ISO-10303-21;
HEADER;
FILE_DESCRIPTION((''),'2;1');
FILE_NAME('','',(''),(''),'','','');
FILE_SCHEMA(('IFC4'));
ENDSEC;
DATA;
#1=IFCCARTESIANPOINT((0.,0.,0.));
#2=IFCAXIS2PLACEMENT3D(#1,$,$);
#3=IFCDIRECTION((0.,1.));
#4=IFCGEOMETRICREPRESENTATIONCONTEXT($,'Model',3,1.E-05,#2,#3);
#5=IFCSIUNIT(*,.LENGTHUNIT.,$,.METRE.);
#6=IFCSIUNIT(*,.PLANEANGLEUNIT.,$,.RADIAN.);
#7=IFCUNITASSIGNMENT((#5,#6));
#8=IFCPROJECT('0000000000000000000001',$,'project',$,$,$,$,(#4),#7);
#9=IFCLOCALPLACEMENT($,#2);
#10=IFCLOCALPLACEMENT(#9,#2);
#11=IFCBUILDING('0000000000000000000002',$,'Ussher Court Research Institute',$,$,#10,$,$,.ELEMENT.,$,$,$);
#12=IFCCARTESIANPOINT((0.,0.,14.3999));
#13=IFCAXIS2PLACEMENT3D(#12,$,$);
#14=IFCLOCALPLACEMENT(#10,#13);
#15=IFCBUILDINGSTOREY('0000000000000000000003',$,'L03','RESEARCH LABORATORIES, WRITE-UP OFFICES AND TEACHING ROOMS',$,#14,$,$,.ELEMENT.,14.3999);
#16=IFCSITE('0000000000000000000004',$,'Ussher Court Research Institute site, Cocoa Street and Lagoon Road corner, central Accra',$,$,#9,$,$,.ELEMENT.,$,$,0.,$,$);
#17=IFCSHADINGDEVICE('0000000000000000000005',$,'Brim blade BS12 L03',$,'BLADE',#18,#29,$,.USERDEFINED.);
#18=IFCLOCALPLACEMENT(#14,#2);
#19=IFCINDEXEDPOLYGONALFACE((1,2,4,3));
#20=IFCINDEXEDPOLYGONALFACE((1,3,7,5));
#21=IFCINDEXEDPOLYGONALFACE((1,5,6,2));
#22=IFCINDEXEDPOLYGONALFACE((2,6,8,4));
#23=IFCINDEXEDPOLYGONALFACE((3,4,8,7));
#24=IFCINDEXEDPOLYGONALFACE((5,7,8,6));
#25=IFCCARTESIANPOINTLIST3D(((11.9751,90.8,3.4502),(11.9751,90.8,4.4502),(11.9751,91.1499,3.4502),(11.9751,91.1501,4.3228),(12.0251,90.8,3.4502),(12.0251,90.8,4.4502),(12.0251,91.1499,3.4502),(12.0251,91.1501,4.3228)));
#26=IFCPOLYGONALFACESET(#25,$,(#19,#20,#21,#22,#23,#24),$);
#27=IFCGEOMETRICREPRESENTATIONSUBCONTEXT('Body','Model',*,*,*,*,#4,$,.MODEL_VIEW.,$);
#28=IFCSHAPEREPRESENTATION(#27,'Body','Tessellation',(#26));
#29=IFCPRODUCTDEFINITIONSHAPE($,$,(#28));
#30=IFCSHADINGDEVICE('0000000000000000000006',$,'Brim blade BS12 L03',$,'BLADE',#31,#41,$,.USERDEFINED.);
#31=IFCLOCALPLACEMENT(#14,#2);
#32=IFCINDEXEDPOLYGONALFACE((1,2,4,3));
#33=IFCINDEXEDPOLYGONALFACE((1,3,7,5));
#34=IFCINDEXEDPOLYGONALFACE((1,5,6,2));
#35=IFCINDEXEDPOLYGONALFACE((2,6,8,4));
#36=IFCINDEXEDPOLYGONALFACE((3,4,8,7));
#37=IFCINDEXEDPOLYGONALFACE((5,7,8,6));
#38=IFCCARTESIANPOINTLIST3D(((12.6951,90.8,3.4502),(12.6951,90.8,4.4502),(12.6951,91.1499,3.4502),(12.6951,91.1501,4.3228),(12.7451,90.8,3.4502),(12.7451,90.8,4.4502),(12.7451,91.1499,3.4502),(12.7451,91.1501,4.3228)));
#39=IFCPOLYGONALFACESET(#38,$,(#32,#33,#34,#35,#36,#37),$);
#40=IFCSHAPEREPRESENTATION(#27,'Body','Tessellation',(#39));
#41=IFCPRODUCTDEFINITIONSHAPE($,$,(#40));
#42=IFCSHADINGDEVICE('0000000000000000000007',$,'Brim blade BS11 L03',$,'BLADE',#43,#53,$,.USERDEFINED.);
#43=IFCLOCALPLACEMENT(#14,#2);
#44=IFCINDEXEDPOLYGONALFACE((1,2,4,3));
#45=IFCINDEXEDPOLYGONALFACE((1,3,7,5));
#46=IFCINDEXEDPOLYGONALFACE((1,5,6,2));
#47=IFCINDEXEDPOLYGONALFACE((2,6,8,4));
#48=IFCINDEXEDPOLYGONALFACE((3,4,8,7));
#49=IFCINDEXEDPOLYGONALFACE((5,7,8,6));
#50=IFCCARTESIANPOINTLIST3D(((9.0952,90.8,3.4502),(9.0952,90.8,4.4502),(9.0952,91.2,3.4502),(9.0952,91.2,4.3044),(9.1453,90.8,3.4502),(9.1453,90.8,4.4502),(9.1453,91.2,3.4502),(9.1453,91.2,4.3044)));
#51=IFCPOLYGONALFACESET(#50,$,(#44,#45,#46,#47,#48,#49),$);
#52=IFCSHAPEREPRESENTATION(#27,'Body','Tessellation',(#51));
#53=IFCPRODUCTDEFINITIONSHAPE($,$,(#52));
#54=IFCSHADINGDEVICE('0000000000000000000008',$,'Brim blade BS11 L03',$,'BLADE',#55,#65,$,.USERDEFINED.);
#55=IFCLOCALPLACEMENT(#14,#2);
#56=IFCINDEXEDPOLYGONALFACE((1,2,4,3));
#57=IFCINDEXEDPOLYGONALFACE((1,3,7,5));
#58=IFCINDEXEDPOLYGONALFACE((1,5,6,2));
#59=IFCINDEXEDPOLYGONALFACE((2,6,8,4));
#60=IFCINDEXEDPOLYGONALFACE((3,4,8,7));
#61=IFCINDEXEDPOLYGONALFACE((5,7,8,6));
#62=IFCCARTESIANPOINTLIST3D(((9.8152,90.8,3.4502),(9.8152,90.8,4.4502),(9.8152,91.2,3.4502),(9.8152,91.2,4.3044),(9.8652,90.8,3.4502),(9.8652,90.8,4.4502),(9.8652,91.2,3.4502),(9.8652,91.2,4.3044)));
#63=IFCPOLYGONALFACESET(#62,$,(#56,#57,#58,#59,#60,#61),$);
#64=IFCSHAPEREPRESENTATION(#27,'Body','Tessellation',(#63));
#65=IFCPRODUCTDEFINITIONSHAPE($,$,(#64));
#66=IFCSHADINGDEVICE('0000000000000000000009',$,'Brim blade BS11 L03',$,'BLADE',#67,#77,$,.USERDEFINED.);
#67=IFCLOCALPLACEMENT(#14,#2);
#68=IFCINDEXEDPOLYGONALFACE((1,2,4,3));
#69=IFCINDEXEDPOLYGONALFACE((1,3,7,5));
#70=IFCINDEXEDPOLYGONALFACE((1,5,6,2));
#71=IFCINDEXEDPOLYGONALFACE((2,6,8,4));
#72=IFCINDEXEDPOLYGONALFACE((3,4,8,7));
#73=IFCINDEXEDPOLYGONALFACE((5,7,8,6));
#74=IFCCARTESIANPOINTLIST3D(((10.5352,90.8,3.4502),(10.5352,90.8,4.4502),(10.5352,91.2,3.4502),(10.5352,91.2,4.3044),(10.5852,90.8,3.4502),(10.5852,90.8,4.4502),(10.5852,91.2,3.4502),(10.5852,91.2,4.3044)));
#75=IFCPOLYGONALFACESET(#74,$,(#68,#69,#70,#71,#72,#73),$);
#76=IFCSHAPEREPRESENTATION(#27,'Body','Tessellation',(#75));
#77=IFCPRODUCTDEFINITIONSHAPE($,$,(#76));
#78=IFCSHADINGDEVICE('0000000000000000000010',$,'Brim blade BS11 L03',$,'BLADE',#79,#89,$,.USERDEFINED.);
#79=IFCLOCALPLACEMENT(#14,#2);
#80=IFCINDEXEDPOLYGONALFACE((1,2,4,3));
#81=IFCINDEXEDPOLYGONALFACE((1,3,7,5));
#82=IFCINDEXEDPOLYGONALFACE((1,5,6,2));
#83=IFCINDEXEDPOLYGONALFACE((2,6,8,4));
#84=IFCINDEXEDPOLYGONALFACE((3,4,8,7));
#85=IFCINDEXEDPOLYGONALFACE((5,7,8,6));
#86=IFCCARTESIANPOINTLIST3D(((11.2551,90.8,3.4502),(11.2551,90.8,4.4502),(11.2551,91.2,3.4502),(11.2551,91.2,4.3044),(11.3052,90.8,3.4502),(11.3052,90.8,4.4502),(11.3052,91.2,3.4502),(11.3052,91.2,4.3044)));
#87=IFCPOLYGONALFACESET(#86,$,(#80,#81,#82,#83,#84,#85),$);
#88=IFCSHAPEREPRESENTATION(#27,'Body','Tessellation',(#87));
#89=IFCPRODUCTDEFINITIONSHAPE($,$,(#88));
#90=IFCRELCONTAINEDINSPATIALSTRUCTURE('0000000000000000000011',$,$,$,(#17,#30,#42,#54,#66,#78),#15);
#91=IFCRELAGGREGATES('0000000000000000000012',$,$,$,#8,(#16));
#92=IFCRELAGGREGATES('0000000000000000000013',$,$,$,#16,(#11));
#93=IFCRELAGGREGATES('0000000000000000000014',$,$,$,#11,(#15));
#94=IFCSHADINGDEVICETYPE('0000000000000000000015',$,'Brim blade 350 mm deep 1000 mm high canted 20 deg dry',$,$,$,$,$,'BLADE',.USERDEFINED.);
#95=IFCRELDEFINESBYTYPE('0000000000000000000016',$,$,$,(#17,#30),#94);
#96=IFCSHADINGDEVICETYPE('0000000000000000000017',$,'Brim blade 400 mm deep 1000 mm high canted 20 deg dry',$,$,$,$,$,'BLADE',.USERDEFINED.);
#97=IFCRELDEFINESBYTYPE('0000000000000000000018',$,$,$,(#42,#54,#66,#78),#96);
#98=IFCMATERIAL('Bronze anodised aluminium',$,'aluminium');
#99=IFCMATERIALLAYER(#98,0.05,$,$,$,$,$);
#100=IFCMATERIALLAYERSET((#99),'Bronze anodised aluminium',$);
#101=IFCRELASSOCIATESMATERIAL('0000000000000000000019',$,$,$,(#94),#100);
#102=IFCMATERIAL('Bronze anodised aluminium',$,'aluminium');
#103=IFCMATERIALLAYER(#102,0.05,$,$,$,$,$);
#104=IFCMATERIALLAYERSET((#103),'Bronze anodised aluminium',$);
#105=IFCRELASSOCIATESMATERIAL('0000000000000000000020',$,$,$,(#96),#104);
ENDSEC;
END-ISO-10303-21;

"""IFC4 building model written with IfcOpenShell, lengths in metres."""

from ifc_helpers import new_model, si_unit, direction, frame, origin, place, context, subcontext, project, spatial, polyline, outline, extrude, material, layer, layer_set, type_object, element, save


model = new_model("IFC4")

# Units and contexts
model_context = context("Model", 3, precision=1e-05, world=origin(), true_north=direction((0.0, 1.0)))
body_context = subcontext(model_context, "Body", "Model", "MODEL_VIEW")
ifc_project = project(units=[si_unit("LENGTHUNIT", "METRE"), si_unit("PLANEANGLEUNIT", "RADIAN")], contexts=[model_context])

# Site, building, storey
site_placement = place(None, origin())
site = spatial("IfcSite", under=ifc_project, at=site_placement, Name="Ussher Court Research Institute site, Cocoa Street and Lagoon Road corner, central Accra", CompositionType="ELEMENT", RefElevation=0.0)
building_placement = place(site_placement, origin())
building = spatial("IfcBuilding", under=site, at=building_placement, Name="Ussher Court Research Institute", CompositionType="ELEMENT")
storey_placement = place(building_placement, frame((0.0, 0.0, 14.3999)))
storey = spatial("IfcBuildingStorey", under=building, at=storey_placement, Name="L03", Description="RESEARCH LABORATORIES, WRITE-UP OFFICES AND TEACHING ROOMS", CompositionType="ELEMENT", Elevation=14.3999)

# Shading devices
ifc_material_1 = material(Name="Bronze anodised aluminium", Category="aluminium")
ifc_layer_1 = layer(ifc_material_1, 0.05)
ifc_layer_set_1 = layer_set([ifc_layer_1], Name="Bronze anodised aluminium")
shading_device_type_1 = type_object("IfcShadingDeviceType", Name="Brim blade 350 mm deep 1000 mm high canted 20 deg dry", ElementType="BLADE", PredefinedType="USERDEFINED", material=ifc_layer_set_1)
for number, where, z_axis, x_axis, name in (
    (1, (12.0, 90.8, 3.4502), (0.0, 0.0, 1.0), (0.0, 1.0, 0.0), "Brim blade BS12 L03"),
    (2, (12.72, 90.8, 3.4502), (0.0, 0.0, 1.0), (0.0, 1.0, 0.0), "Brim blade BS12 L03"),
):
    element("IfcShadingDevice", number, at=place(storey_placement, frame(where, z_axis=z_axis, x_axis=x_axis)), inside=storey, type_object=shading_device_type_1, Name=name, ObjectType="BLADE", PredefinedType="USERDEFINED", context=body_context, shape_type="SweptSolid", body=[
        extrude(outline(polyline([(0.0, 0.0), (0.3499, 0.0), (0.3501, 0.8726), (0.0, 1.0), (0.0, 0.0)])), frame((0.0, 0.0249, 0.0), z_axis=(0.0, -1.0, 0.0), x_axis=(1.0, 0.0, 0.0)), (0.0, 0.0, 1.0), 0.05),
    ])
ifc_material_2 = material(Name="Bronze anodised aluminium", Category="aluminium")
ifc_layer_2 = layer(ifc_material_2, 0.05)
ifc_layer_set_2 = layer_set([ifc_layer_2], Name="Bronze anodised aluminium")
shading_device_type_2 = type_object("IfcShadingDeviceType", Name="Brim blade 400 mm deep 1000 mm high canted 20 deg dry", ElementType="BLADE", PredefinedType="USERDEFINED", material=ifc_layer_set_2)
for number, where, z_axis, x_axis, name in (
    (3, (9.1201, 90.8, 3.4502), (0.0, 0.0, 1.0), (0.0, 1.0, 0.0), "Brim blade BS11 L03"),
    (4, (9.8401, 90.8, 3.4502), (0.0, 0.0, 1.0), (0.0, 1.0, 0.0), "Brim blade BS11 L03"),
    (5, (10.5601, 90.8, 3.4502), (0.0, 0.0, 1.0), (0.0, 1.0, 0.0), "Brim blade BS11 L03"),
    (6, (11.28, 90.8, 3.4502), (0.0, 0.0, 1.0), (0.0, 1.0, 0.0), "Brim blade BS11 L03"),
):
    element("IfcShadingDevice", number, at=place(storey_placement, frame(where, z_axis=z_axis, x_axis=x_axis)), inside=storey, type_object=shading_device_type_2, Name=name, ObjectType="BLADE", PredefinedType="USERDEFINED", context=body_context, shape_type="SweptSolid", body=[
        extrude(outline(polyline([(0.0, 0.0), (0.3999, 0.0), (0.3999, 0.8542), (0.0, 1.0), (0.0, 0.0)])), frame((0.0, 0.0249, 0.0), z_axis=(0.0, -1.0, 0.0), x_axis=(1.0, 0.0, 0.0)), (0.0, 0.0, 1.0), 0.05),
    ])

save(model, "model.ifc")
